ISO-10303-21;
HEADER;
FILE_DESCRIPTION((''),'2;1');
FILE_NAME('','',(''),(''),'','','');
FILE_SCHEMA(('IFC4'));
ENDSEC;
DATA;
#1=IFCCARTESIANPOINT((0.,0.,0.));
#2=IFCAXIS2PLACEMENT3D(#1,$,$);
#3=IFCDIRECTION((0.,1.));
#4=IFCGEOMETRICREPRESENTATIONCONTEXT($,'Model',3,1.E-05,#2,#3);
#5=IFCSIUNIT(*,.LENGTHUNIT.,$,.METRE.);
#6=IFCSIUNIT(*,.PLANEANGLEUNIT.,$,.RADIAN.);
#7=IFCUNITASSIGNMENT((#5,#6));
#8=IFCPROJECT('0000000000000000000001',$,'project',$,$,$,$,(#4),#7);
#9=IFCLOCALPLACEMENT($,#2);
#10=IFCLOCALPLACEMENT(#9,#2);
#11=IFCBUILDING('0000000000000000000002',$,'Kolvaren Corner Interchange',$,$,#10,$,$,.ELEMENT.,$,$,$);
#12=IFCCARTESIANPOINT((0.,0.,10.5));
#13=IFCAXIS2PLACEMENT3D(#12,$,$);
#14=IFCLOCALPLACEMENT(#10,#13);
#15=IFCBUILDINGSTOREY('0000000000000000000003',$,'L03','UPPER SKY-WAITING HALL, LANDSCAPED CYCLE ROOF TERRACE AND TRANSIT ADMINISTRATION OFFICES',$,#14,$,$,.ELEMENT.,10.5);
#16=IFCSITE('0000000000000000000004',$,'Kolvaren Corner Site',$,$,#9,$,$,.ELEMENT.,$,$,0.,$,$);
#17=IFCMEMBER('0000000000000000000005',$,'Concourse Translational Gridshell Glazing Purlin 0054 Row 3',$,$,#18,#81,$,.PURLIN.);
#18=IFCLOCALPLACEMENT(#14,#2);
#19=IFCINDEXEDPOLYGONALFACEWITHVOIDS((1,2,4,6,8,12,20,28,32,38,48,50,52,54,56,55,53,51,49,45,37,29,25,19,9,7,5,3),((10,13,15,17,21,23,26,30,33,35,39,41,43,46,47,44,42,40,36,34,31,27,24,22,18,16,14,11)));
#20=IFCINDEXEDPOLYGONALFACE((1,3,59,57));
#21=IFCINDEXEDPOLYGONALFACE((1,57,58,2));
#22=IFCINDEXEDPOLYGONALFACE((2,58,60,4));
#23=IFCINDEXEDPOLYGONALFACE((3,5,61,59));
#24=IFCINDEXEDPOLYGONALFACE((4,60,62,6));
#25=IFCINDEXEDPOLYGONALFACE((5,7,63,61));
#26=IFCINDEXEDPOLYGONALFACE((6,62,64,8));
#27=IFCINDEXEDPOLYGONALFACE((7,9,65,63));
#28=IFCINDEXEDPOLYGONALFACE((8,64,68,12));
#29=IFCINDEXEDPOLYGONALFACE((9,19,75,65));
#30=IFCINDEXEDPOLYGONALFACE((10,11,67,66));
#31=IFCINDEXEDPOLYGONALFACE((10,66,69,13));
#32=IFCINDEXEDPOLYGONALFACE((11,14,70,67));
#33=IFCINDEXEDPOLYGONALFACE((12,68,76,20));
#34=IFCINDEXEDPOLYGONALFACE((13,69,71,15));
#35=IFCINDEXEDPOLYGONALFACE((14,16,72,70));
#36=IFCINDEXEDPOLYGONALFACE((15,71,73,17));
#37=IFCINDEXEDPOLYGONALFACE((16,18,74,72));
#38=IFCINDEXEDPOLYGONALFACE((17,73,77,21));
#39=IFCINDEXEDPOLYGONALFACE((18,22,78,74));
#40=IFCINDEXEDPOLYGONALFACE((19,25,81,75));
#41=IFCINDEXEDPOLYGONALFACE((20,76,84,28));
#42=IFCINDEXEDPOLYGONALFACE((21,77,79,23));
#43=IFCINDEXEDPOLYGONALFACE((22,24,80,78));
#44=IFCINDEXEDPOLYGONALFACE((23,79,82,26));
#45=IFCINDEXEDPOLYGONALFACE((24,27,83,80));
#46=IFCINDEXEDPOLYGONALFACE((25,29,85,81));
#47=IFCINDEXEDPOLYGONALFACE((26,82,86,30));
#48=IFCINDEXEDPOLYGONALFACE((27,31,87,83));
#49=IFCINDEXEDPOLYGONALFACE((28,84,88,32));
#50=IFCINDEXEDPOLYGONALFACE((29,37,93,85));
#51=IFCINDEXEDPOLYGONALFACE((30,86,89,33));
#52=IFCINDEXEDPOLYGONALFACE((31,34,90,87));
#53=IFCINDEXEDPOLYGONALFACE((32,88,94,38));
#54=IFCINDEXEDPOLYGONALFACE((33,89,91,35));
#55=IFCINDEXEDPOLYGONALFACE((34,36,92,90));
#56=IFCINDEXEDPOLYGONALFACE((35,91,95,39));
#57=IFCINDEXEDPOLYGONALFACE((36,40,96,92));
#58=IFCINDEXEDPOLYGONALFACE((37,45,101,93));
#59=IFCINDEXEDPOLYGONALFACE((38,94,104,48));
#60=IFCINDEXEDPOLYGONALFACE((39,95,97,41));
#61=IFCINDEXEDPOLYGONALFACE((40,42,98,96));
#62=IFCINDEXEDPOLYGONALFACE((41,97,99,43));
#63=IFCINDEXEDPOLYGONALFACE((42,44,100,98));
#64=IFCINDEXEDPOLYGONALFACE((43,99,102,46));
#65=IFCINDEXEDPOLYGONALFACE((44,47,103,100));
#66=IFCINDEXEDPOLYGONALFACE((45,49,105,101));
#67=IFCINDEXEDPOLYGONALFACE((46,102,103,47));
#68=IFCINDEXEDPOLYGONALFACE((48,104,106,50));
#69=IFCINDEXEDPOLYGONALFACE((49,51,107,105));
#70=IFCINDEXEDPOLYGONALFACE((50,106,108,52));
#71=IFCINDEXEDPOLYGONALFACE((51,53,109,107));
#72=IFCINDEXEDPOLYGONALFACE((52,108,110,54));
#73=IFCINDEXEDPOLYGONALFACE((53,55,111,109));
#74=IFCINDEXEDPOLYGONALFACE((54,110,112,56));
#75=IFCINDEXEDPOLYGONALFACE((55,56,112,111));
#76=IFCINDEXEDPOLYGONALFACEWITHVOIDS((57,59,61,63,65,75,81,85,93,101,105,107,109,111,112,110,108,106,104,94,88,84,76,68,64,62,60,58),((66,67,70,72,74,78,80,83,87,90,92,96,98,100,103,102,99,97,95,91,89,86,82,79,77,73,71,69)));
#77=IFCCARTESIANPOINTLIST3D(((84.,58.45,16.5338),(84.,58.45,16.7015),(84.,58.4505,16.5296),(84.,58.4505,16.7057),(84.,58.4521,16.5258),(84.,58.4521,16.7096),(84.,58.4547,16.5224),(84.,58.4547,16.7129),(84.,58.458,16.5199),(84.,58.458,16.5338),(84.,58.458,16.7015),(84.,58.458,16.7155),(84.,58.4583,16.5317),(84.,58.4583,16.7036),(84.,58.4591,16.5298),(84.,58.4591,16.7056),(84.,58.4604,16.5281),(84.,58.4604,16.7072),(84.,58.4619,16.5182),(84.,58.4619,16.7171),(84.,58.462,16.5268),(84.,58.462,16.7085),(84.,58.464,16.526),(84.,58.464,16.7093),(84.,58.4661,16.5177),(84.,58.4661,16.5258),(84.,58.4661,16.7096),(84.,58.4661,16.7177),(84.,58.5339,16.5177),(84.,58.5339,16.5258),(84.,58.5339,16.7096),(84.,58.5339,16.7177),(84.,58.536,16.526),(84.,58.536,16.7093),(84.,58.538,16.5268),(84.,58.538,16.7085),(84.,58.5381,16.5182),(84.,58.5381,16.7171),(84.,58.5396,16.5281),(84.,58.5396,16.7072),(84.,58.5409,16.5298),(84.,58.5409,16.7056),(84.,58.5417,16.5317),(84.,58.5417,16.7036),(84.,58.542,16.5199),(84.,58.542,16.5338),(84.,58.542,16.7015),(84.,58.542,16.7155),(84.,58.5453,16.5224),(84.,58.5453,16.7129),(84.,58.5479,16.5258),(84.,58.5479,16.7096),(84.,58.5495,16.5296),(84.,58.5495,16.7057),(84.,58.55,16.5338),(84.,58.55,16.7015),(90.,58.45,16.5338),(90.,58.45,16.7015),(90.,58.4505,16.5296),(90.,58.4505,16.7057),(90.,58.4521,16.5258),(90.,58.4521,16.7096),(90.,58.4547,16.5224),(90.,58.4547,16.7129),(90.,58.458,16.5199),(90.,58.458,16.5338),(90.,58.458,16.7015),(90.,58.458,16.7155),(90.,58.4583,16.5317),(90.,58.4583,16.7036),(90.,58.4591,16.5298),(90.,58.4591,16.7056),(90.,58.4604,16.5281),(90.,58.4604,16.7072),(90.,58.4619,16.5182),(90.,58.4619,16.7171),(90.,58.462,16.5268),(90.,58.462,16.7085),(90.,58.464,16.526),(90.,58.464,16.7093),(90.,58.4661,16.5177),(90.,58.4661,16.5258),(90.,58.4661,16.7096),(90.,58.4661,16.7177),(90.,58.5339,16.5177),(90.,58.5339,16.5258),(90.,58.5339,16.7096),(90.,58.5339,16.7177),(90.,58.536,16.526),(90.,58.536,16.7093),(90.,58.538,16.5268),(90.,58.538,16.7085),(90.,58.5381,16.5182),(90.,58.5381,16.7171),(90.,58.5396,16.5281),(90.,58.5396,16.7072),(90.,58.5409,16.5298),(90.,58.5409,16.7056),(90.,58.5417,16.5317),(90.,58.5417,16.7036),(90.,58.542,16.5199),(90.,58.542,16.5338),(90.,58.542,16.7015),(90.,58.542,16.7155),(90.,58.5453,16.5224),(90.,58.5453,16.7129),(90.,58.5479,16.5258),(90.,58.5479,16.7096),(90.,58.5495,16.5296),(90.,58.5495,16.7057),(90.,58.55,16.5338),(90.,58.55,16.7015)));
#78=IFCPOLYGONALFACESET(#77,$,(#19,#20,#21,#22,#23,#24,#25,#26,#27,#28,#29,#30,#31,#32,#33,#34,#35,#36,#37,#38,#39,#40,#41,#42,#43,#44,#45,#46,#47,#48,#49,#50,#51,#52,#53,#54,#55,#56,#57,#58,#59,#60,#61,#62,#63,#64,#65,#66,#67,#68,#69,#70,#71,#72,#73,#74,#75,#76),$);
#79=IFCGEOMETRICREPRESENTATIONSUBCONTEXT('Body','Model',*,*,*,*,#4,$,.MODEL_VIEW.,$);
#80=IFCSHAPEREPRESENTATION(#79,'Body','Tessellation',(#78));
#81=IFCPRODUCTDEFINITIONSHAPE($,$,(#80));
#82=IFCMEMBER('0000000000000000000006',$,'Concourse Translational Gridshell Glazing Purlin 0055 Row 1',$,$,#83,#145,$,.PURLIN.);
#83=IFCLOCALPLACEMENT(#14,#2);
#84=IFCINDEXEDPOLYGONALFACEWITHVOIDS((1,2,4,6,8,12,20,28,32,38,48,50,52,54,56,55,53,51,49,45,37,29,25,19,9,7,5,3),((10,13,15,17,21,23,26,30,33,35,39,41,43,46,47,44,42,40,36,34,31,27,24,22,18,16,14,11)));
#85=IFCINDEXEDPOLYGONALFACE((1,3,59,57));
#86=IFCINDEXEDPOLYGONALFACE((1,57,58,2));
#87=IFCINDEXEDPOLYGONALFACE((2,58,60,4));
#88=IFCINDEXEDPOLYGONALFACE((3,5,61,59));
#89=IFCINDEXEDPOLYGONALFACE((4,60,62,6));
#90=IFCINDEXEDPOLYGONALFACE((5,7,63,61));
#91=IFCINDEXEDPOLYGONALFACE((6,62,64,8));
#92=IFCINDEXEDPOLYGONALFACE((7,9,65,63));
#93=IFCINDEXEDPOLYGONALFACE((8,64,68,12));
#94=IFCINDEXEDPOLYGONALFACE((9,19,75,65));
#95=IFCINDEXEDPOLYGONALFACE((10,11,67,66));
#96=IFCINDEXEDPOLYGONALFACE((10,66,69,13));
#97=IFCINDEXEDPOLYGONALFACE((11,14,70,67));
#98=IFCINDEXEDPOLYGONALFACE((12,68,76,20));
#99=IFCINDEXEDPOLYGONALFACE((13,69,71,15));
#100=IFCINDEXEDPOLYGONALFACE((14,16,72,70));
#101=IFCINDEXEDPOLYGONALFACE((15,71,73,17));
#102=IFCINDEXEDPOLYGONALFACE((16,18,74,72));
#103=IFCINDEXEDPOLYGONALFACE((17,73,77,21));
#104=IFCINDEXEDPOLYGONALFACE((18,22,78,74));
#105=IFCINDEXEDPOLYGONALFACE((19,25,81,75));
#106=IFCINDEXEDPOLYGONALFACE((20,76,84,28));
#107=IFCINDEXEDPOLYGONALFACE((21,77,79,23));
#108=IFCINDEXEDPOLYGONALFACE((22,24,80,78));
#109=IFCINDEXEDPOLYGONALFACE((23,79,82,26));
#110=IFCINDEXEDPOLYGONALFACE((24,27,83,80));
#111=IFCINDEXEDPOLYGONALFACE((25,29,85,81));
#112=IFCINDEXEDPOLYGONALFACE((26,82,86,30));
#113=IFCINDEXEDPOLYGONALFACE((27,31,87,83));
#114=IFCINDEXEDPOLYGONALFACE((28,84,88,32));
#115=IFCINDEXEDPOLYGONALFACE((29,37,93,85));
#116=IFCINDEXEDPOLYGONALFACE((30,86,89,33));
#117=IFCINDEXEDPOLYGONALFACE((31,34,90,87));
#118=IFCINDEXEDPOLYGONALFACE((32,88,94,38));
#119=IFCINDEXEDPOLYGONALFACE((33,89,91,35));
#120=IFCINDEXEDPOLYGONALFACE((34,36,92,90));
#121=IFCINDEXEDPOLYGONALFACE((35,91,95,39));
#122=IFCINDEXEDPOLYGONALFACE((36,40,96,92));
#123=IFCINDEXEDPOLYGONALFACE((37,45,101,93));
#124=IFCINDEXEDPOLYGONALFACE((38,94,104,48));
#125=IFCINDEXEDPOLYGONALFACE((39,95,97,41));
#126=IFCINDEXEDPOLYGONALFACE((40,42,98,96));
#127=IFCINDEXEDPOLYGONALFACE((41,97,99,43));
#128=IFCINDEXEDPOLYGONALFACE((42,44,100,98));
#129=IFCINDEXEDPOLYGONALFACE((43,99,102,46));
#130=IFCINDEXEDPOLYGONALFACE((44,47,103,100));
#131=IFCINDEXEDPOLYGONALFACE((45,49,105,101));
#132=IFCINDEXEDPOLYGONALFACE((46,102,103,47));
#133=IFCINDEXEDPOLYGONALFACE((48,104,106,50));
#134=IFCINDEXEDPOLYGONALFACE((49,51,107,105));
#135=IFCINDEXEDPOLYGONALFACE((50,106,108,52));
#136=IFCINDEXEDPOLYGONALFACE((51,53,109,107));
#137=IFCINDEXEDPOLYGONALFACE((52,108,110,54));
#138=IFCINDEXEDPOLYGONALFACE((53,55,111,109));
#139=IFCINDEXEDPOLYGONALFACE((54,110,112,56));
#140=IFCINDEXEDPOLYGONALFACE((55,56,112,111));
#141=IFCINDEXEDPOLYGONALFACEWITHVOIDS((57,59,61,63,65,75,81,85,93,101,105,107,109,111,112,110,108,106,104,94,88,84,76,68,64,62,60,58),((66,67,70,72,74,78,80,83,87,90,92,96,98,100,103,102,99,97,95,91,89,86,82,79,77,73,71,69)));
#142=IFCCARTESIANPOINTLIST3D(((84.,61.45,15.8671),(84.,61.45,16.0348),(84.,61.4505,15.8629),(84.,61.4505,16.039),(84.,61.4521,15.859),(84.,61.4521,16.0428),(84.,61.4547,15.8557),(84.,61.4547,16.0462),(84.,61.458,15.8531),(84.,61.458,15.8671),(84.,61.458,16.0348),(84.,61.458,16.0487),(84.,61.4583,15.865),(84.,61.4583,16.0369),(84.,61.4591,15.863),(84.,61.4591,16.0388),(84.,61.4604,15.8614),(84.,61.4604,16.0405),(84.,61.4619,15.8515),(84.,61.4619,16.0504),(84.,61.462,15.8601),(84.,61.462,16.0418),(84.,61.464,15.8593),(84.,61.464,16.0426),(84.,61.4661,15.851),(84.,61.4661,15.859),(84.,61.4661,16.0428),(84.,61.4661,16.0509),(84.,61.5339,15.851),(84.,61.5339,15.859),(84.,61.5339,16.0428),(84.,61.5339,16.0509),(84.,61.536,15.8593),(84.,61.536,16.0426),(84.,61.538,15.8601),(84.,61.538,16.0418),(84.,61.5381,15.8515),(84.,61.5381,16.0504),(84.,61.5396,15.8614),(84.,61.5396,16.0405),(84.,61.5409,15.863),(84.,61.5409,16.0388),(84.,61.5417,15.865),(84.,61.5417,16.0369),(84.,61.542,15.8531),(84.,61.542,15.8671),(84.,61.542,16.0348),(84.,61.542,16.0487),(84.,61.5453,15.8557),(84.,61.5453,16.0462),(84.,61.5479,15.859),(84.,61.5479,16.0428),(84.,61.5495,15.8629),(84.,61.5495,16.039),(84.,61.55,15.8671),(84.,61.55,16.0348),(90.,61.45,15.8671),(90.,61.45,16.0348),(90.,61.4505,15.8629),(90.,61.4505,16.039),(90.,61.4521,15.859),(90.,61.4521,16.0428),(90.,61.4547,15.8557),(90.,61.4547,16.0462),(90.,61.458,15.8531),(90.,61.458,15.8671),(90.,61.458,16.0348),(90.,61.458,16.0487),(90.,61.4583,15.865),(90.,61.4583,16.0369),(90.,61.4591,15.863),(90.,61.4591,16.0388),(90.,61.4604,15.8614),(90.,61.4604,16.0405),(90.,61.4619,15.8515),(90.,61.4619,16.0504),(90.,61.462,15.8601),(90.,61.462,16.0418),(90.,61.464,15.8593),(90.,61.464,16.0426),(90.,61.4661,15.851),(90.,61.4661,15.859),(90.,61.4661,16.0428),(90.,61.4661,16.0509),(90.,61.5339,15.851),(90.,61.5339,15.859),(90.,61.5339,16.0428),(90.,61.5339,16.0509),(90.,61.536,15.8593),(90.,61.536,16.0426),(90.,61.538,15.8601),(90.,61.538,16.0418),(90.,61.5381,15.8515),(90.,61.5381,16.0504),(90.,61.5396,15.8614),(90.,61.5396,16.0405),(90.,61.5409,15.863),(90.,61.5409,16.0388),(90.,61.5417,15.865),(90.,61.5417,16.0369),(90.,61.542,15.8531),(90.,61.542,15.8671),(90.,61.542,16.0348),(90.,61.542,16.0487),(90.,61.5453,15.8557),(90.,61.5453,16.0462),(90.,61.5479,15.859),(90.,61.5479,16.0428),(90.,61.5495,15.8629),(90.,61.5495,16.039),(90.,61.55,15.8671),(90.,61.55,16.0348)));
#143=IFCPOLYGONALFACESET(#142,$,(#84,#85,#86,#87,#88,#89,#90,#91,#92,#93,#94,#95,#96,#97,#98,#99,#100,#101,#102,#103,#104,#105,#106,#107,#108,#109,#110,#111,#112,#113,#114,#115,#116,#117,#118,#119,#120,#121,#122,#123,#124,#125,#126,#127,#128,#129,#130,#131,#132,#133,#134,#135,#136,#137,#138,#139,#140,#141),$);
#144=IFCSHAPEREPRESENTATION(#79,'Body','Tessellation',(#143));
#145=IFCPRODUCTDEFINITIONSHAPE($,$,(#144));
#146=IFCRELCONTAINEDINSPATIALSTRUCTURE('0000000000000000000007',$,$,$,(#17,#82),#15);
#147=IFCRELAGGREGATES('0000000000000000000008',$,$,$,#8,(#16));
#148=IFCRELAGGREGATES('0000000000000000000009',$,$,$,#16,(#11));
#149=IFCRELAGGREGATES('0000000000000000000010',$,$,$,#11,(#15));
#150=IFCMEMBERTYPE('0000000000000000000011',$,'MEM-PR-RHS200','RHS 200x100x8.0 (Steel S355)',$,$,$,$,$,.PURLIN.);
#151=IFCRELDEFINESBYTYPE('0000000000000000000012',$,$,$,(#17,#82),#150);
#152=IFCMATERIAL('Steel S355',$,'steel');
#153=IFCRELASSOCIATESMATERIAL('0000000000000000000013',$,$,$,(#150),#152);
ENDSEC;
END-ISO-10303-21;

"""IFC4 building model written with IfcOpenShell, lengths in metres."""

from ifc_helpers import new_model, si_unit, direction, frame, origin, origin_2d, place, context, subcontext, project, spatial, hollow_rectangle, extrude, material, material_profile, profile_set, type_object, element, save


model = new_model("IFC4")

# Units and contexts
model_context = context("Model", 3, precision=1e-05, world=origin(), true_north=direction((0.0, 1.0)))
body_context = subcontext(model_context, "Body", "Model", "MODEL_VIEW")
ifc_project = project(units=[si_unit("LENGTHUNIT", "METRE"), si_unit("PLANEANGLEUNIT", "RADIAN")], contexts=[model_context])

# Site, building, storey
site_placement = place(None, origin())
site = spatial("IfcSite", under=ifc_project, at=site_placement, Name="Kolvaren Corner Site", CompositionType="ELEMENT", RefElevation=0.0)
building_placement = place(site_placement, origin())
building = spatial("IfcBuilding", under=site, at=building_placement, Name="Kolvaren Corner Interchange", CompositionType="ELEMENT")
storey_placement = place(building_placement, frame((0.0, 0.0, 10.5)))
storey = spatial("IfcBuildingStorey", under=building, at=storey_placement, Name="L03", Description="UPPER SKY-WAITING HALL, LANDSCAPED CYCLE ROOF TERRACE AND TRANSIT ADMINISTRATION OFFICES", CompositionType="ELEMENT", Elevation=10.5)

# Members
ifc_material_1 = material(Name="Steel S355", Category="steel")
ifc_material_profile_1 = material_profile(ifc_material_1, hollow_rectangle(XDim=0.1001, YDim=0.2, WallThickness=0.0081, InnerFilletRadius=0.0081, OuterFilletRadius=0.0161, at=origin_2d()), Name="RHS 200x100x8.0")
ifc_profile_set_1 = profile_set([ifc_material_profile_1], Name="Steel S355")
member_type_1 = type_object("IfcMemberType", Name="MEM-PR-RHS200", Description="RHS 200x100x8.0 (Steel S355)", PredefinedType="PURLIN", material=ifc_profile_set_1)
for number, where, z_axis, x_axis, name in (
    (1, (84.0, 58.5, 16.6177), (1.0, 0.0, 0.0), (0.0, 1.0, 0.0), "Concourse Translational Gridshell Glazing Purlin 0054 Row 3"),
    (2, (84.0, 61.5, 15.9509), (1.0, 0.0, 0.0), (0.0, 1.0, 0.0), "Concourse Translational Gridshell Glazing Purlin 0055 Row 1"),
):
    element("IfcMember", number, at=place(storey_placement, frame(where, z_axis=z_axis, x_axis=x_axis)), inside=storey, type_object=member_type_1, Name=name, PredefinedType="PURLIN", context=body_context, shape_type="SweptSolid", body=[
        extrude(hollow_rectangle(XDim=0.1001, YDim=0.2, WallThickness=0.0081, InnerFilletRadius=0.0081, OuterFilletRadius=0.0161, at=origin_2d()), origin(), (0.0, 0.0, 1.0), 6.0),
    ])

save(model, "model.ifc")
